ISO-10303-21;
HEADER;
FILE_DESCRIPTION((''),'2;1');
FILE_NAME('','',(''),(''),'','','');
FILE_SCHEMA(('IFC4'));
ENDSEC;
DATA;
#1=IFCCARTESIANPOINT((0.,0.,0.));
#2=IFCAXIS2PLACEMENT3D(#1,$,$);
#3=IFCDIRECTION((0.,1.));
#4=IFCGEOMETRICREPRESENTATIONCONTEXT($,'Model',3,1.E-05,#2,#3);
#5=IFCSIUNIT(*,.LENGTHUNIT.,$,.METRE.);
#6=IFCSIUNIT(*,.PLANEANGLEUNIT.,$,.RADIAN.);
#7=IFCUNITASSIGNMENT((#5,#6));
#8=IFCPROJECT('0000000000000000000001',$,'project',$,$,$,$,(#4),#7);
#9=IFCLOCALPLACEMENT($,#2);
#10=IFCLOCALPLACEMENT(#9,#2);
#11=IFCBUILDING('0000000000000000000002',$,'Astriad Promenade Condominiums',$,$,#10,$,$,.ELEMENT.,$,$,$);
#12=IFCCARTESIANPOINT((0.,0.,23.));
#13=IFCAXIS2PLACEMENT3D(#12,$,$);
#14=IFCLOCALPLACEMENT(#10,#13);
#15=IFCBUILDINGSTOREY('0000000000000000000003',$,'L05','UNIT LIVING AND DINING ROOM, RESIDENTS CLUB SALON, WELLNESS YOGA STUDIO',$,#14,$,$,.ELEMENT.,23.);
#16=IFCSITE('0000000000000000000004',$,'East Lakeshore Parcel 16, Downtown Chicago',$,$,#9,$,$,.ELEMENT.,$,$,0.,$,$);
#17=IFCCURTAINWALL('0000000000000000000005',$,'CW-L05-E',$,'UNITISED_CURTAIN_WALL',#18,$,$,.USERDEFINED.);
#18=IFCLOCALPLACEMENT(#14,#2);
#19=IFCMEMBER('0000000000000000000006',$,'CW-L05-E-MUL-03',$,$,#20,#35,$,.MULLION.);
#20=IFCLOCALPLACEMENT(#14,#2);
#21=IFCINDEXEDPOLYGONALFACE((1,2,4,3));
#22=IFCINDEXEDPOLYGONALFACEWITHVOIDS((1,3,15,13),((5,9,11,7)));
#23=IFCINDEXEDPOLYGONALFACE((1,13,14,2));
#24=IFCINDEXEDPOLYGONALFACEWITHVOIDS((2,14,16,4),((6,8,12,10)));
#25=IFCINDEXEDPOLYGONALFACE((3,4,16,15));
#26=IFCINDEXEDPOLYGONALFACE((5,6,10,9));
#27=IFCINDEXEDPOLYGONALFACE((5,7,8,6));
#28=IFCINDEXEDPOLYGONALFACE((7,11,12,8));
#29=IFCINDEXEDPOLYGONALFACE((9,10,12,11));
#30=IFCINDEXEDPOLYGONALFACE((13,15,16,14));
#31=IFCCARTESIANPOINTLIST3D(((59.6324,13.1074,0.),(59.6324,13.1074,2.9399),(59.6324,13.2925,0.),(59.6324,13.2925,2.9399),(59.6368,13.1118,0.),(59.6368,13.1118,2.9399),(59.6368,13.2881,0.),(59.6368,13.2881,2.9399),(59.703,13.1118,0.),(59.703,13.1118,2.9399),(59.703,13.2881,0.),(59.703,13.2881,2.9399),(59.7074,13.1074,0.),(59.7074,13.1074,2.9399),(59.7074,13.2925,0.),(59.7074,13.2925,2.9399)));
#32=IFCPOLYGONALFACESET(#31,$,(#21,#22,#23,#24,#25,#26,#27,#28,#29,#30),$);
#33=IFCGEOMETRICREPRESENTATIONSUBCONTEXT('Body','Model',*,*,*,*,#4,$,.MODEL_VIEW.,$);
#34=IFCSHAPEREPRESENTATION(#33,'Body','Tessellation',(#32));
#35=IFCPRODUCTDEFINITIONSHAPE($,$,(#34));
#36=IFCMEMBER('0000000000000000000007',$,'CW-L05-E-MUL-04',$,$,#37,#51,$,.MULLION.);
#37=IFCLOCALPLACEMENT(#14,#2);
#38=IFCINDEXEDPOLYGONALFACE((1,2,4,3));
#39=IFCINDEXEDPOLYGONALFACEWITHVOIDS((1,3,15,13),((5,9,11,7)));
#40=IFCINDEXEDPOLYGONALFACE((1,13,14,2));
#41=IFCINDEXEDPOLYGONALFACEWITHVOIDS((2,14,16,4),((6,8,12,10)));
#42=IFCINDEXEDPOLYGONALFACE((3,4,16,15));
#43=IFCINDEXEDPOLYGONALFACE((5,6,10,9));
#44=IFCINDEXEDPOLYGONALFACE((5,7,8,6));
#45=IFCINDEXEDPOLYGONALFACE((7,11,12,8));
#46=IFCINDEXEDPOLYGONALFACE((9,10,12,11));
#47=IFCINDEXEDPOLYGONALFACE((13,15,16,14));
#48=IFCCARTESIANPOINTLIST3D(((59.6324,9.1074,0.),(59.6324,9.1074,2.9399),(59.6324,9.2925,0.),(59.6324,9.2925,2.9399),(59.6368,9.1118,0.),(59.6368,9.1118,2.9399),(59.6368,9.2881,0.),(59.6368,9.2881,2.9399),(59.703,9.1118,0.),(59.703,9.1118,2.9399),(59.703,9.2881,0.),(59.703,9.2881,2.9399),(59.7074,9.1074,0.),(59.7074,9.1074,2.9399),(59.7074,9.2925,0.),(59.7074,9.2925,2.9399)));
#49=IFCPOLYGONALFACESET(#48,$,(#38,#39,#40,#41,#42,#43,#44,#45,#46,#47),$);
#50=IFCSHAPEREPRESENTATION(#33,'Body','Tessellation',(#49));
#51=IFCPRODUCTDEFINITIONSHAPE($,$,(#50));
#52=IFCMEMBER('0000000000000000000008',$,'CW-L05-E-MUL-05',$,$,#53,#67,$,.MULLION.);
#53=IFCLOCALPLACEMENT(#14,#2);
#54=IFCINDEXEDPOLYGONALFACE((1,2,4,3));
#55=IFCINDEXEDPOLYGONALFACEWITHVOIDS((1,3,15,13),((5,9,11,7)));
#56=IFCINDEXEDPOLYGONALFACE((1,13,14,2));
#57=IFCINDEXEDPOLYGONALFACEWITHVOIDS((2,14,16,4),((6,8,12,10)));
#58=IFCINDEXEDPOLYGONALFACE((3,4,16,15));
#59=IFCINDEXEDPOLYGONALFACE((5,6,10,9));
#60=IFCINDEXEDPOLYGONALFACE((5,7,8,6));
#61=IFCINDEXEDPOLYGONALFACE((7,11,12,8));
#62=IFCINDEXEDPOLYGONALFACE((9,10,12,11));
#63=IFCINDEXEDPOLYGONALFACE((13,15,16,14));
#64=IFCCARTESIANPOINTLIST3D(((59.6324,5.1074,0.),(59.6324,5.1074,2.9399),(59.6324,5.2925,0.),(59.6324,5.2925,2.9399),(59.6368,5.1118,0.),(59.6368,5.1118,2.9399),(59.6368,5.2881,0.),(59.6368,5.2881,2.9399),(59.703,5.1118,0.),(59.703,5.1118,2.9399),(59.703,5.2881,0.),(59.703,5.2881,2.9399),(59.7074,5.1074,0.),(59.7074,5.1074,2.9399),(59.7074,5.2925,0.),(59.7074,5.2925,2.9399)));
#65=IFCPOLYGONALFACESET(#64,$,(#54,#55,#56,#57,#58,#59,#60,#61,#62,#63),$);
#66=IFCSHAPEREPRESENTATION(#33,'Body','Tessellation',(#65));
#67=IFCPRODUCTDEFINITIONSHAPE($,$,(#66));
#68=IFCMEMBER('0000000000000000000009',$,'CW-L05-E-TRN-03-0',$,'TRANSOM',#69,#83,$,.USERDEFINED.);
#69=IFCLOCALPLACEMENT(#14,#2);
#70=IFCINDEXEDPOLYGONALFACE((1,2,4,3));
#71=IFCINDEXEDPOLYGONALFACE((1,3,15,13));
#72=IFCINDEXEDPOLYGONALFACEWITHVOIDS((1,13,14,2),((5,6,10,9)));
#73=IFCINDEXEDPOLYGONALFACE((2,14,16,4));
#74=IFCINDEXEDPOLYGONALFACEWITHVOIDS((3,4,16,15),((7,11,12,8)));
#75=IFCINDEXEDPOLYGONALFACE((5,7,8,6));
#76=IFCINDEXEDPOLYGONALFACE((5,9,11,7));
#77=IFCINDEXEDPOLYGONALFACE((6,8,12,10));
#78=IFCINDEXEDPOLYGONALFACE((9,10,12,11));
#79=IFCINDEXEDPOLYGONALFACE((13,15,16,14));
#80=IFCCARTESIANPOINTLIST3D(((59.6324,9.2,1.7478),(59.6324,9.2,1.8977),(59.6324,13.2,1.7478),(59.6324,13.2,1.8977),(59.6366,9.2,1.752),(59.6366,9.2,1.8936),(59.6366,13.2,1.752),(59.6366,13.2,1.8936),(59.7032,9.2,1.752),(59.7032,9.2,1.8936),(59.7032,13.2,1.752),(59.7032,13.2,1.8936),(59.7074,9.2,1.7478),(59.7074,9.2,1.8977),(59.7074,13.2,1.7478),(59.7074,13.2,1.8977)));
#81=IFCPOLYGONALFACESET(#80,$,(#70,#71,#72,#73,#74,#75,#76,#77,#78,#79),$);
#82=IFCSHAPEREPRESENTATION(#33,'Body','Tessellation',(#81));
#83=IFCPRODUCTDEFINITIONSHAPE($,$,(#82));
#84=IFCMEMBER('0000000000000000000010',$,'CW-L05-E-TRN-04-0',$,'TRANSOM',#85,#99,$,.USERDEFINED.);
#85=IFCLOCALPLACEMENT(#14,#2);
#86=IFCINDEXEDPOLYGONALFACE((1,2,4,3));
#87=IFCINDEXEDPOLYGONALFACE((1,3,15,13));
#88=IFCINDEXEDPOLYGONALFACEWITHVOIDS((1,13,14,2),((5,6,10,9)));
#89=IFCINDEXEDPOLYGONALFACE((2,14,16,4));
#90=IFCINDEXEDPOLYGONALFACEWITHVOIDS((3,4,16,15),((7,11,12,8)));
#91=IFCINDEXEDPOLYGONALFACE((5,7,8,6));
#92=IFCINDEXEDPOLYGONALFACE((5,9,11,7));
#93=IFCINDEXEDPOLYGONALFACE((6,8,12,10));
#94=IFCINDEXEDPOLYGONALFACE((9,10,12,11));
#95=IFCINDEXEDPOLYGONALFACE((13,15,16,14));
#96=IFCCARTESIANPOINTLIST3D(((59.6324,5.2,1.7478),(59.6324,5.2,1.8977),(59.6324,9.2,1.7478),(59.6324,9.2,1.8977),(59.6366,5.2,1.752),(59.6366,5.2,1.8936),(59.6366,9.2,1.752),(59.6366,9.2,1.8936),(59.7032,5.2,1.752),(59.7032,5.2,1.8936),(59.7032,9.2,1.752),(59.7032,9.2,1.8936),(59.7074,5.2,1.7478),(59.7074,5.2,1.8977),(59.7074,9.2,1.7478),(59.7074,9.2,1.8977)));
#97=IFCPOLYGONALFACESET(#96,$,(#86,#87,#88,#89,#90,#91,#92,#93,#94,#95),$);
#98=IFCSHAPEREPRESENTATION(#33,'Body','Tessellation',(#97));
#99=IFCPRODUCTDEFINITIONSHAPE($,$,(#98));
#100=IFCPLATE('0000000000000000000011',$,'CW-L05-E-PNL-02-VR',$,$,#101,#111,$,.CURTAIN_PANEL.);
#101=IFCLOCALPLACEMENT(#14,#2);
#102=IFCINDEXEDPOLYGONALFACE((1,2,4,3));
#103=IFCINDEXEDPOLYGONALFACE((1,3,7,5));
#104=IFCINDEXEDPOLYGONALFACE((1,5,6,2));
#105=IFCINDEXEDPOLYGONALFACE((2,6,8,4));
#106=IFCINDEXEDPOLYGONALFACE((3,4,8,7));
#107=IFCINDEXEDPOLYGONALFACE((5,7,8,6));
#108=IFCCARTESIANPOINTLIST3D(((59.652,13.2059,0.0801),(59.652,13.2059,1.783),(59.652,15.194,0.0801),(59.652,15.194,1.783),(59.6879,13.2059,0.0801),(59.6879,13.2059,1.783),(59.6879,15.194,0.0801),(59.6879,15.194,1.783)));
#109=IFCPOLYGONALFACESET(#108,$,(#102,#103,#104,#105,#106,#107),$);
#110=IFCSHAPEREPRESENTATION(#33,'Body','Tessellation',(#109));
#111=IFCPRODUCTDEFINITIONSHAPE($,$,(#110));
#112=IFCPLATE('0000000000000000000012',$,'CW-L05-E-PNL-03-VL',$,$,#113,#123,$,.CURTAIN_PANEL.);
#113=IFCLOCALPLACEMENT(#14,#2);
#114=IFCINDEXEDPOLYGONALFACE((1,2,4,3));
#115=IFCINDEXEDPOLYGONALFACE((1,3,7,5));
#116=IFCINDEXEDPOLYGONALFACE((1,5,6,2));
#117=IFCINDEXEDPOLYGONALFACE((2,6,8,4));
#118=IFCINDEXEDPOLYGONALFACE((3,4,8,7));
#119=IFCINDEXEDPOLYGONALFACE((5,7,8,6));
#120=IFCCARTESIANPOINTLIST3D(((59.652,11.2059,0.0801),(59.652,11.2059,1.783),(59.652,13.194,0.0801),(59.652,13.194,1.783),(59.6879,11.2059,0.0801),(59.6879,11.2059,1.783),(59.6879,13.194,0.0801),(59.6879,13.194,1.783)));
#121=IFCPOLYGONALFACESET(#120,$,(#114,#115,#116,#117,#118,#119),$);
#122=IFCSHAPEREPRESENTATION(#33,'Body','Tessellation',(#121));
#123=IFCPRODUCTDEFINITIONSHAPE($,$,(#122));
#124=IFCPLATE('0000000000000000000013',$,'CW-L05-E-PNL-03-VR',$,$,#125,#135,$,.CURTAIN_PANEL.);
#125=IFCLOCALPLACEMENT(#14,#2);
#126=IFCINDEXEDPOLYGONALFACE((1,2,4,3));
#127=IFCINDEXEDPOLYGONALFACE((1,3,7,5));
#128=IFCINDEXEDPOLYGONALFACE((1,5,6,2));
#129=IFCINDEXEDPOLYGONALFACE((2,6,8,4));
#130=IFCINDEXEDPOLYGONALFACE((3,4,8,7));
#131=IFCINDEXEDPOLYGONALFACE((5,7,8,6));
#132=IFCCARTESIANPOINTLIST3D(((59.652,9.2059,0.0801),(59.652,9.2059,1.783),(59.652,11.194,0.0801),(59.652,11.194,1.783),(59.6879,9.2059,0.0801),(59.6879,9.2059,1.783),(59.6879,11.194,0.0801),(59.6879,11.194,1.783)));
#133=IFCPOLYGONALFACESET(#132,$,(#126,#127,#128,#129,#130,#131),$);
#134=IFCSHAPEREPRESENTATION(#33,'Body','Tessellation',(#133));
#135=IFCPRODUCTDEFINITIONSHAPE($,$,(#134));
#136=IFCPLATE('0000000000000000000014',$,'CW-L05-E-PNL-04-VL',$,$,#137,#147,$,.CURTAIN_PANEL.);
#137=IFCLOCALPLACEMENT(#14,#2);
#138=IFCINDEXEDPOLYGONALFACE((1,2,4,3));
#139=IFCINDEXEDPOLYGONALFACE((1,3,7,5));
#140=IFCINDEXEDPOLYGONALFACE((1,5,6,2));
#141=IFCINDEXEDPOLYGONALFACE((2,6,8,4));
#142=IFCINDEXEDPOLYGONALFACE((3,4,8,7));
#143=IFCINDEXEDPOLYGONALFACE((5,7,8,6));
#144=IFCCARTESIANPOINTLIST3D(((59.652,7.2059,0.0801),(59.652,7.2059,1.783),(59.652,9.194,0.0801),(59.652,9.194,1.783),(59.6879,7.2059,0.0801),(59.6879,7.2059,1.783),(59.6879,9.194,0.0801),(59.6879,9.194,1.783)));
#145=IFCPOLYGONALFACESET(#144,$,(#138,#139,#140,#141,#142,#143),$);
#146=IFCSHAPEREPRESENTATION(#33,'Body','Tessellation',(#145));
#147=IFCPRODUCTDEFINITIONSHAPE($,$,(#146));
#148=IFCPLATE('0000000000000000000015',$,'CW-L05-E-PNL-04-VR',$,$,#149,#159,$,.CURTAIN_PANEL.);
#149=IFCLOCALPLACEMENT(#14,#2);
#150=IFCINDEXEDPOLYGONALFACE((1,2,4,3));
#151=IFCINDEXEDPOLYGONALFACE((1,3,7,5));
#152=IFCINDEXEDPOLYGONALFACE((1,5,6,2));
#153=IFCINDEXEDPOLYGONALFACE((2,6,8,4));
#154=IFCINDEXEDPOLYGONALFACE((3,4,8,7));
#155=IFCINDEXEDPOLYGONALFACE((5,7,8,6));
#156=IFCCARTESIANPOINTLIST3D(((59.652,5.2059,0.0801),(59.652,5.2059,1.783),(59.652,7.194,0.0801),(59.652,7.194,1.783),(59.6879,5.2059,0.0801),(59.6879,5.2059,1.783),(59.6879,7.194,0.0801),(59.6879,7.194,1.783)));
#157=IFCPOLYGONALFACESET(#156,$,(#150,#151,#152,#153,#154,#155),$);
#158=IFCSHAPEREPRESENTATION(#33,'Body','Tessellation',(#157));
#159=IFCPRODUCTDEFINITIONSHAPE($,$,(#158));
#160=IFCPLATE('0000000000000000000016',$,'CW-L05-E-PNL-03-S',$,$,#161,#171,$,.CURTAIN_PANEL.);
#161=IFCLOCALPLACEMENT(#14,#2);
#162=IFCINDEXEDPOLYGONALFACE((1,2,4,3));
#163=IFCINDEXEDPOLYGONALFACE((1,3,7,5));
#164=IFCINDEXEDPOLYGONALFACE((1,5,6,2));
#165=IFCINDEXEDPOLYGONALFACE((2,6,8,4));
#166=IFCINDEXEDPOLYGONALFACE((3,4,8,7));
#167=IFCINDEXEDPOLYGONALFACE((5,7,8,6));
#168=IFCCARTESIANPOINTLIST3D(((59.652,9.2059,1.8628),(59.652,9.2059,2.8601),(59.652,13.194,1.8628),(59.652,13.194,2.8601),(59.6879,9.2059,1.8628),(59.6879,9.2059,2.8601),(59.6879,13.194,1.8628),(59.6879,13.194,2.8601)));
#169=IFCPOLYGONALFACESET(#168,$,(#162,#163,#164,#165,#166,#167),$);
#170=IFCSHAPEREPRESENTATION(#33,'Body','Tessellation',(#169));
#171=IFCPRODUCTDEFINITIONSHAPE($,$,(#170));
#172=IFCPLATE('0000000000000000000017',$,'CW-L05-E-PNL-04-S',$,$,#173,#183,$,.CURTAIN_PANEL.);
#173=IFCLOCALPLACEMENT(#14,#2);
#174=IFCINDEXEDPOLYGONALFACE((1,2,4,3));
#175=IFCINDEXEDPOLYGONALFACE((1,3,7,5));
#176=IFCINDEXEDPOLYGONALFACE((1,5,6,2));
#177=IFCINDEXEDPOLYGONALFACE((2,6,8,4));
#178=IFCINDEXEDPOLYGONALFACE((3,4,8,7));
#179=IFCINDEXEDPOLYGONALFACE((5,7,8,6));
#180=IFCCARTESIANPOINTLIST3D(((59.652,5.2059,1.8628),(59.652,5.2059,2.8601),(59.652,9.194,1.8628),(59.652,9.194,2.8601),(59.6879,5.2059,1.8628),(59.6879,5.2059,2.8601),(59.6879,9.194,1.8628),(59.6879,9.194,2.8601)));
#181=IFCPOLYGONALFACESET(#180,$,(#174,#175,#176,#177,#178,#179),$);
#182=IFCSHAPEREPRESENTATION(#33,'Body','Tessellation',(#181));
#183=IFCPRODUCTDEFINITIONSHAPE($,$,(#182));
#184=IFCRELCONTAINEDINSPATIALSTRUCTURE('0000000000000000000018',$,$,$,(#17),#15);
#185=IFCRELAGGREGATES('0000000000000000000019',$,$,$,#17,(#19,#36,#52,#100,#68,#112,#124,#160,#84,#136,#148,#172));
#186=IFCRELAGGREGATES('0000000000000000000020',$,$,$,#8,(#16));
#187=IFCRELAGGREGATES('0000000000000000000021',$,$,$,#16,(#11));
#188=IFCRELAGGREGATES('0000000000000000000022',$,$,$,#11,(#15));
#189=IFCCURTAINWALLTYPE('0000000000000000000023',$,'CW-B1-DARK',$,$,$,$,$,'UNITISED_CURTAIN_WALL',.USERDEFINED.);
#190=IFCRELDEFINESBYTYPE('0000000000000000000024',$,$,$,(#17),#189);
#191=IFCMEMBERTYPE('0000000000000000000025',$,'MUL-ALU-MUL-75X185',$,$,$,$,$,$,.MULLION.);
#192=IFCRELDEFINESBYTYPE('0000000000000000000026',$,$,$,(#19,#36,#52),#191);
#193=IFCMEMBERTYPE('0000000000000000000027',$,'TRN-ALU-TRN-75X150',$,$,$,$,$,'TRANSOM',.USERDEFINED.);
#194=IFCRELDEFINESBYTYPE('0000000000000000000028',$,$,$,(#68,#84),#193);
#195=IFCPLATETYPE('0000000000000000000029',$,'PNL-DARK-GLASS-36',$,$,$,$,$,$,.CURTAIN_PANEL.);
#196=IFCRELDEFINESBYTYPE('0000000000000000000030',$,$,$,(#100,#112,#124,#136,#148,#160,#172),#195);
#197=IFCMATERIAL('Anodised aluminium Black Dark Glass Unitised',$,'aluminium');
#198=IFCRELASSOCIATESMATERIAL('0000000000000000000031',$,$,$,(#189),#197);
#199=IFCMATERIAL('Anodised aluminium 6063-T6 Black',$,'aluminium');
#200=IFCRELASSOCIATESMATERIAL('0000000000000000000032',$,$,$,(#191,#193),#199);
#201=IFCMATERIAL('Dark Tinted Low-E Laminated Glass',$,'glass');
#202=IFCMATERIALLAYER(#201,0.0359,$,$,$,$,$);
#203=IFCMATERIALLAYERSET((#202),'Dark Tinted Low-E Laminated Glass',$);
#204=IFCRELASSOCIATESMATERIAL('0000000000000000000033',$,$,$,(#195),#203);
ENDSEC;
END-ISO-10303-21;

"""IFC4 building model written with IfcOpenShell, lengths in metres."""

from ifc_helpers import new_model, si_unit, direction, frame, origin, origin_2d, place, context, subcontext, project, spatial, rectangle, hollow_rectangle, extrude, source, transform, mapped, material, layer, layer_set, material_profile, profile_set, type_object, type_shapes, element, aggregate, save


model = new_model("IFC4")

# Units and contexts
model_context = context("Model", 3, precision=1e-05, world=origin(), true_north=direction((0.0, 1.0)))
body_context = subcontext(model_context, "Body", "Model", "MODEL_VIEW")
ifc_project = project(units=[si_unit("LENGTHUNIT", "METRE"), si_unit("PLANEANGLEUNIT", "RADIAN")], contexts=[model_context])

# Site, building, storey
site_placement = place(None, origin())
site = spatial("IfcSite", under=ifc_project, at=site_placement, Name="East Lakeshore Parcel 16, Downtown Chicago", CompositionType="ELEMENT", RefElevation=0.0)
building_placement = place(site_placement, origin())
building = spatial("IfcBuilding", under=site, at=building_placement, Name="Astriad Promenade Condominiums", CompositionType="ELEMENT")
storey_placement = place(building_placement, frame((0.0, 0.0, 23.0)))
storey = spatial("IfcBuildingStorey", under=building, at=storey_placement, Name="L05", Description="UNIT LIVING AND DINING ROOM, RESIDENTS CLUB SALON, WELLNESS YOGA STUDIO", CompositionType="ELEMENT", Elevation=23.0)

# Curtain wall, members, plates
ifc_material_1 = material(Name="Anodised aluminium Black Dark Glass Unitised", Category="aluminium")
curtain_wall_type = type_object("IfcCurtainWallType", Name="CW-B1-DARK", ElementType="UNITISED_CURTAIN_WALL", PredefinedType="USERDEFINED", material=ifc_material_1)
curtain_wall_placement = place(storey_placement, origin())
curtain_wall = element("IfcCurtainWall", 1, at=curtain_wall_placement, inside=storey, type_object=curtain_wall_type, Name="CW-L05-E", ObjectType="UNITISED_CURTAIN_WALL", PredefinedType="USERDEFINED")
ifc_material_2 = material(Name="Anodised aluminium 6063-T6 Black", Category="aluminium")
ifc_material_profile_1 = material_profile(ifc_material_2, hollow_rectangle(XDim=0.075, YDim=0.1851, WallThickness=0.0044, at=origin_2d()), Name="ALU-MUL-75X185")
ifc_profile_set_1 = profile_set([ifc_material_profile_1], Name="Anodised aluminium 6063-T6 Black")
member_type_1 = type_object("IfcMemberType", Name="MUL-ALU-MUL-75X185", PredefinedType="MULLION", material=ifc_profile_set_1)
shared_shape_1 = source(origin(), body_context, "Body", "SweptSolid", [
    extrude(hollow_rectangle(XDim=0.075, YDim=0.1851, WallThickness=0.0044, at=origin_2d()), origin(), (0.0, 0.0, 1.0), 2.9399),
])
type_shapes(member_type_1, [shared_shape_1])
member_1_placement = place(storey_placement, frame((59.6699, 13.2, 0.0), z_axis=(0.0, 0.0, 1.0), x_axis=(1.0, 0.0, 0.0)))
member_1 = element("IfcMember", 2, at=member_1_placement, type_object=member_type_1, Name="CW-L05-E-MUL-03", PredefinedType="MULLION", context=body_context, shape_type="MappedRepresentation", body=[
    mapped(shared_shape_1, transform((0.0, 0.0, 0.0), scale=1.0)),
])
member_2_placement = place(storey_placement, frame((59.6699, 9.2, 0.0), z_axis=(0.0, 0.0, 1.0), x_axis=(1.0, 0.0, 0.0)))
member_2 = element("IfcMember", 3, at=member_2_placement, type_object=member_type_1, Name="CW-L05-E-MUL-04", PredefinedType="MULLION", context=body_context, shape_type="MappedRepresentation", body=[
    mapped(shared_shape_1, transform((0.0, 0.0, 0.0), scale=1.0)),
])
member_3_placement = place(storey_placement, frame((59.6699, 5.2, 0.0), z_axis=(0.0, 0.0, 1.0), x_axis=(1.0, 0.0, 0.0)))
member_3 = element("IfcMember", 4, at=member_3_placement, type_object=member_type_1, Name="CW-L05-E-MUL-05", PredefinedType="MULLION", context=body_context, shape_type="MappedRepresentation", body=[
    mapped(shared_shape_1, transform((0.0, 0.0, 0.0), scale=1.0)),
])
ifc_material_profile_2 = material_profile(ifc_material_2, hollow_rectangle(XDim=0.075, YDim=0.1499, WallThickness=0.0042, at=origin_2d()), Name="ALU-TRN-75X150")
ifc_profile_set_2 = profile_set([ifc_material_profile_2], Name="Anodised aluminium 6063-T6 Black")
member_type_2 = type_object("IfcMemberType", Name="TRN-ALU-TRN-75X150", ElementType="TRANSOM", PredefinedType="USERDEFINED", material=ifc_profile_set_2)
shared_shape_2 = source(origin(), body_context, "Body", "SweptSolid", [
    extrude(hollow_rectangle(XDim=0.075, YDim=0.1499, WallThickness=0.0042, at=origin_2d()), origin(), (0.0, 0.0, 1.0), 4.0),
])
type_shapes(member_type_2, [shared_shape_2])
member_4_placement = place(storey_placement, frame((59.6699, 13.2, 1.8228), z_axis=(0.0, -1.0, 0.0), x_axis=(1.0, 0.0, 0.0)))
member_4 = element("IfcMember", 5, at=member_4_placement, type_object=member_type_2, Name="CW-L05-E-TRN-03-0", ObjectType="TRANSOM", PredefinedType="USERDEFINED", context=body_context, shape_type="MappedRepresentation", body=[
    mapped(shared_shape_2, transform((0.0, 0.0, 0.0), scale=1.0)),
])
member_5_placement = place(storey_placement, frame((59.6699, 9.2, 1.8228), z_axis=(0.0, -1.0, 0.0), x_axis=(1.0, 0.0, 0.0)))
member_5 = element("IfcMember", 6, at=member_5_placement, type_object=member_type_2, Name="CW-L05-E-TRN-04-0", ObjectType="TRANSOM", PredefinedType="USERDEFINED", context=body_context, shape_type="MappedRepresentation", body=[
    mapped(shared_shape_2, transform((0.0, 0.0, 0.0), scale=1.0)),
])
ifc_material_3 = material(Name="Dark Tinted Low-E Laminated Glass", Category="glass")
ifc_layer_1 = layer(ifc_material_3, 0.0359)
ifc_layer_set_1 = layer_set([ifc_layer_1], Name="Dark Tinted Low-E Laminated Glass")
plate_type = type_object("IfcPlateType", Name="PNL-DARK-GLASS-36", PredefinedType="CURTAIN_PANEL", material=ifc_layer_set_1)
shared_shape_3 = source(origin(), body_context, "Body", "SweptSolid", [
    extrude(rectangle(XDim=1.988, YDim=0.0359, at=origin_2d()), origin(), (0.0, 0.0, 1.0), 1.7029),
])
plate_1_placement = place(storey_placement, frame((59.6699, 14.2, 0.0801), z_axis=(0.0, 0.0, 1.0), x_axis=(0.0, -1.0, 0.0)))
plate_1 = element("IfcPlate", 7, at=plate_1_placement, type_object=plate_type, Name="CW-L05-E-PNL-02-VR", PredefinedType="CURTAIN_PANEL", context=body_context, shape_type="MappedRepresentation", body=[
    mapped(shared_shape_3, transform((0.0, 0.0, 0.0), scale=1.0)),
])
plate_2_placement = place(storey_placement, frame((59.6699, 12.2, 0.0801), z_axis=(0.0, 0.0, 1.0), x_axis=(0.0, -1.0, 0.0)))
plate_2 = element("IfcPlate", 8, at=plate_2_placement, type_object=plate_type, Name="CW-L05-E-PNL-03-VL", PredefinedType="CURTAIN_PANEL", context=body_context, shape_type="MappedRepresentation", body=[
    mapped(shared_shape_3, transform((0.0, 0.0, 0.0), scale=1.0)),
])
plate_3_placement = place(storey_placement, frame((59.6699, 10.2, 0.0801), z_axis=(0.0, 0.0, 1.0), x_axis=(0.0, -1.0, 0.0)))
plate_3 = element("IfcPlate", 9, at=plate_3_placement, type_object=plate_type, Name="CW-L05-E-PNL-03-VR", PredefinedType="CURTAIN_PANEL", context=body_context, shape_type="MappedRepresentation", body=[
    mapped(shared_shape_3, transform((0.0, 0.0, 0.0), scale=1.0)),
])
plate_4_placement = place(storey_placement, frame((59.6699, 8.2, 0.0801), z_axis=(0.0, 0.0, 1.0), x_axis=(0.0, -1.0, 0.0)))
plate_4 = element("IfcPlate", 10, at=plate_4_placement, type_object=plate_type, Name="CW-L05-E-PNL-04-VL", PredefinedType="CURTAIN_PANEL", context=body_context, shape_type="MappedRepresentation", body=[
    mapped(shared_shape_3, transform((0.0, 0.0, 0.0), scale=1.0)),
])
plate_5_placement = place(storey_placement, frame((59.6699, 6.2, 0.0801), z_axis=(0.0, 0.0, 1.0), x_axis=(0.0, -1.0, 0.0)))
plate_5 = element("IfcPlate", 11, at=plate_5_placement, type_object=plate_type, Name="CW-L05-E-PNL-04-VR", PredefinedType="CURTAIN_PANEL", context=body_context, shape_type="MappedRepresentation", body=[
    mapped(shared_shape_3, transform((0.0, 0.0, 0.0), scale=1.0)),
])
shared_shape_4 = source(origin(), body_context, "Body", "SweptSolid", [
    extrude(rectangle(XDim=3.988, YDim=0.0359, at=origin_2d()), origin(), (0.0, 0.0, 1.0), 0.9973),
])
type_shapes(plate_type, [shared_shape_3, shared_shape_4])
plate_6_placement = place(storey_placement, frame((59.6699, 11.2, 1.8628), z_axis=(0.0, 0.0, 1.0), x_axis=(0.0, -1.0, 0.0)))
plate_6 = element("IfcPlate", 12, at=plate_6_placement, type_object=plate_type, Name="CW-L05-E-PNL-03-S", PredefinedType="CURTAIN_PANEL", context=body_context, shape_type="MappedRepresentation", body=[
    mapped(shared_shape_4, transform((0.0, 0.0, 0.0), scale=1.0)),
])
plate_7_placement = place(storey_placement, frame((59.6699, 7.2, 1.8628), z_axis=(0.0, 0.0, 1.0), x_axis=(0.0, -1.0, 0.0)))
plate_7 = element("IfcPlate", 13, at=plate_7_placement, type_object=plate_type, Name="CW-L05-E-PNL-04-S", PredefinedType="CURTAIN_PANEL", context=body_context, shape_type="MappedRepresentation", body=[
    mapped(shared_shape_4, transform((0.0, 0.0, 0.0), scale=1.0)),
])
aggregate(curtain_wall, [member_1, member_2, member_3, plate_1, member_4, plate_2, plate_3, plate_6, member_5, plate_4, plate_5, plate_7])

save(model, "model.ifc")
